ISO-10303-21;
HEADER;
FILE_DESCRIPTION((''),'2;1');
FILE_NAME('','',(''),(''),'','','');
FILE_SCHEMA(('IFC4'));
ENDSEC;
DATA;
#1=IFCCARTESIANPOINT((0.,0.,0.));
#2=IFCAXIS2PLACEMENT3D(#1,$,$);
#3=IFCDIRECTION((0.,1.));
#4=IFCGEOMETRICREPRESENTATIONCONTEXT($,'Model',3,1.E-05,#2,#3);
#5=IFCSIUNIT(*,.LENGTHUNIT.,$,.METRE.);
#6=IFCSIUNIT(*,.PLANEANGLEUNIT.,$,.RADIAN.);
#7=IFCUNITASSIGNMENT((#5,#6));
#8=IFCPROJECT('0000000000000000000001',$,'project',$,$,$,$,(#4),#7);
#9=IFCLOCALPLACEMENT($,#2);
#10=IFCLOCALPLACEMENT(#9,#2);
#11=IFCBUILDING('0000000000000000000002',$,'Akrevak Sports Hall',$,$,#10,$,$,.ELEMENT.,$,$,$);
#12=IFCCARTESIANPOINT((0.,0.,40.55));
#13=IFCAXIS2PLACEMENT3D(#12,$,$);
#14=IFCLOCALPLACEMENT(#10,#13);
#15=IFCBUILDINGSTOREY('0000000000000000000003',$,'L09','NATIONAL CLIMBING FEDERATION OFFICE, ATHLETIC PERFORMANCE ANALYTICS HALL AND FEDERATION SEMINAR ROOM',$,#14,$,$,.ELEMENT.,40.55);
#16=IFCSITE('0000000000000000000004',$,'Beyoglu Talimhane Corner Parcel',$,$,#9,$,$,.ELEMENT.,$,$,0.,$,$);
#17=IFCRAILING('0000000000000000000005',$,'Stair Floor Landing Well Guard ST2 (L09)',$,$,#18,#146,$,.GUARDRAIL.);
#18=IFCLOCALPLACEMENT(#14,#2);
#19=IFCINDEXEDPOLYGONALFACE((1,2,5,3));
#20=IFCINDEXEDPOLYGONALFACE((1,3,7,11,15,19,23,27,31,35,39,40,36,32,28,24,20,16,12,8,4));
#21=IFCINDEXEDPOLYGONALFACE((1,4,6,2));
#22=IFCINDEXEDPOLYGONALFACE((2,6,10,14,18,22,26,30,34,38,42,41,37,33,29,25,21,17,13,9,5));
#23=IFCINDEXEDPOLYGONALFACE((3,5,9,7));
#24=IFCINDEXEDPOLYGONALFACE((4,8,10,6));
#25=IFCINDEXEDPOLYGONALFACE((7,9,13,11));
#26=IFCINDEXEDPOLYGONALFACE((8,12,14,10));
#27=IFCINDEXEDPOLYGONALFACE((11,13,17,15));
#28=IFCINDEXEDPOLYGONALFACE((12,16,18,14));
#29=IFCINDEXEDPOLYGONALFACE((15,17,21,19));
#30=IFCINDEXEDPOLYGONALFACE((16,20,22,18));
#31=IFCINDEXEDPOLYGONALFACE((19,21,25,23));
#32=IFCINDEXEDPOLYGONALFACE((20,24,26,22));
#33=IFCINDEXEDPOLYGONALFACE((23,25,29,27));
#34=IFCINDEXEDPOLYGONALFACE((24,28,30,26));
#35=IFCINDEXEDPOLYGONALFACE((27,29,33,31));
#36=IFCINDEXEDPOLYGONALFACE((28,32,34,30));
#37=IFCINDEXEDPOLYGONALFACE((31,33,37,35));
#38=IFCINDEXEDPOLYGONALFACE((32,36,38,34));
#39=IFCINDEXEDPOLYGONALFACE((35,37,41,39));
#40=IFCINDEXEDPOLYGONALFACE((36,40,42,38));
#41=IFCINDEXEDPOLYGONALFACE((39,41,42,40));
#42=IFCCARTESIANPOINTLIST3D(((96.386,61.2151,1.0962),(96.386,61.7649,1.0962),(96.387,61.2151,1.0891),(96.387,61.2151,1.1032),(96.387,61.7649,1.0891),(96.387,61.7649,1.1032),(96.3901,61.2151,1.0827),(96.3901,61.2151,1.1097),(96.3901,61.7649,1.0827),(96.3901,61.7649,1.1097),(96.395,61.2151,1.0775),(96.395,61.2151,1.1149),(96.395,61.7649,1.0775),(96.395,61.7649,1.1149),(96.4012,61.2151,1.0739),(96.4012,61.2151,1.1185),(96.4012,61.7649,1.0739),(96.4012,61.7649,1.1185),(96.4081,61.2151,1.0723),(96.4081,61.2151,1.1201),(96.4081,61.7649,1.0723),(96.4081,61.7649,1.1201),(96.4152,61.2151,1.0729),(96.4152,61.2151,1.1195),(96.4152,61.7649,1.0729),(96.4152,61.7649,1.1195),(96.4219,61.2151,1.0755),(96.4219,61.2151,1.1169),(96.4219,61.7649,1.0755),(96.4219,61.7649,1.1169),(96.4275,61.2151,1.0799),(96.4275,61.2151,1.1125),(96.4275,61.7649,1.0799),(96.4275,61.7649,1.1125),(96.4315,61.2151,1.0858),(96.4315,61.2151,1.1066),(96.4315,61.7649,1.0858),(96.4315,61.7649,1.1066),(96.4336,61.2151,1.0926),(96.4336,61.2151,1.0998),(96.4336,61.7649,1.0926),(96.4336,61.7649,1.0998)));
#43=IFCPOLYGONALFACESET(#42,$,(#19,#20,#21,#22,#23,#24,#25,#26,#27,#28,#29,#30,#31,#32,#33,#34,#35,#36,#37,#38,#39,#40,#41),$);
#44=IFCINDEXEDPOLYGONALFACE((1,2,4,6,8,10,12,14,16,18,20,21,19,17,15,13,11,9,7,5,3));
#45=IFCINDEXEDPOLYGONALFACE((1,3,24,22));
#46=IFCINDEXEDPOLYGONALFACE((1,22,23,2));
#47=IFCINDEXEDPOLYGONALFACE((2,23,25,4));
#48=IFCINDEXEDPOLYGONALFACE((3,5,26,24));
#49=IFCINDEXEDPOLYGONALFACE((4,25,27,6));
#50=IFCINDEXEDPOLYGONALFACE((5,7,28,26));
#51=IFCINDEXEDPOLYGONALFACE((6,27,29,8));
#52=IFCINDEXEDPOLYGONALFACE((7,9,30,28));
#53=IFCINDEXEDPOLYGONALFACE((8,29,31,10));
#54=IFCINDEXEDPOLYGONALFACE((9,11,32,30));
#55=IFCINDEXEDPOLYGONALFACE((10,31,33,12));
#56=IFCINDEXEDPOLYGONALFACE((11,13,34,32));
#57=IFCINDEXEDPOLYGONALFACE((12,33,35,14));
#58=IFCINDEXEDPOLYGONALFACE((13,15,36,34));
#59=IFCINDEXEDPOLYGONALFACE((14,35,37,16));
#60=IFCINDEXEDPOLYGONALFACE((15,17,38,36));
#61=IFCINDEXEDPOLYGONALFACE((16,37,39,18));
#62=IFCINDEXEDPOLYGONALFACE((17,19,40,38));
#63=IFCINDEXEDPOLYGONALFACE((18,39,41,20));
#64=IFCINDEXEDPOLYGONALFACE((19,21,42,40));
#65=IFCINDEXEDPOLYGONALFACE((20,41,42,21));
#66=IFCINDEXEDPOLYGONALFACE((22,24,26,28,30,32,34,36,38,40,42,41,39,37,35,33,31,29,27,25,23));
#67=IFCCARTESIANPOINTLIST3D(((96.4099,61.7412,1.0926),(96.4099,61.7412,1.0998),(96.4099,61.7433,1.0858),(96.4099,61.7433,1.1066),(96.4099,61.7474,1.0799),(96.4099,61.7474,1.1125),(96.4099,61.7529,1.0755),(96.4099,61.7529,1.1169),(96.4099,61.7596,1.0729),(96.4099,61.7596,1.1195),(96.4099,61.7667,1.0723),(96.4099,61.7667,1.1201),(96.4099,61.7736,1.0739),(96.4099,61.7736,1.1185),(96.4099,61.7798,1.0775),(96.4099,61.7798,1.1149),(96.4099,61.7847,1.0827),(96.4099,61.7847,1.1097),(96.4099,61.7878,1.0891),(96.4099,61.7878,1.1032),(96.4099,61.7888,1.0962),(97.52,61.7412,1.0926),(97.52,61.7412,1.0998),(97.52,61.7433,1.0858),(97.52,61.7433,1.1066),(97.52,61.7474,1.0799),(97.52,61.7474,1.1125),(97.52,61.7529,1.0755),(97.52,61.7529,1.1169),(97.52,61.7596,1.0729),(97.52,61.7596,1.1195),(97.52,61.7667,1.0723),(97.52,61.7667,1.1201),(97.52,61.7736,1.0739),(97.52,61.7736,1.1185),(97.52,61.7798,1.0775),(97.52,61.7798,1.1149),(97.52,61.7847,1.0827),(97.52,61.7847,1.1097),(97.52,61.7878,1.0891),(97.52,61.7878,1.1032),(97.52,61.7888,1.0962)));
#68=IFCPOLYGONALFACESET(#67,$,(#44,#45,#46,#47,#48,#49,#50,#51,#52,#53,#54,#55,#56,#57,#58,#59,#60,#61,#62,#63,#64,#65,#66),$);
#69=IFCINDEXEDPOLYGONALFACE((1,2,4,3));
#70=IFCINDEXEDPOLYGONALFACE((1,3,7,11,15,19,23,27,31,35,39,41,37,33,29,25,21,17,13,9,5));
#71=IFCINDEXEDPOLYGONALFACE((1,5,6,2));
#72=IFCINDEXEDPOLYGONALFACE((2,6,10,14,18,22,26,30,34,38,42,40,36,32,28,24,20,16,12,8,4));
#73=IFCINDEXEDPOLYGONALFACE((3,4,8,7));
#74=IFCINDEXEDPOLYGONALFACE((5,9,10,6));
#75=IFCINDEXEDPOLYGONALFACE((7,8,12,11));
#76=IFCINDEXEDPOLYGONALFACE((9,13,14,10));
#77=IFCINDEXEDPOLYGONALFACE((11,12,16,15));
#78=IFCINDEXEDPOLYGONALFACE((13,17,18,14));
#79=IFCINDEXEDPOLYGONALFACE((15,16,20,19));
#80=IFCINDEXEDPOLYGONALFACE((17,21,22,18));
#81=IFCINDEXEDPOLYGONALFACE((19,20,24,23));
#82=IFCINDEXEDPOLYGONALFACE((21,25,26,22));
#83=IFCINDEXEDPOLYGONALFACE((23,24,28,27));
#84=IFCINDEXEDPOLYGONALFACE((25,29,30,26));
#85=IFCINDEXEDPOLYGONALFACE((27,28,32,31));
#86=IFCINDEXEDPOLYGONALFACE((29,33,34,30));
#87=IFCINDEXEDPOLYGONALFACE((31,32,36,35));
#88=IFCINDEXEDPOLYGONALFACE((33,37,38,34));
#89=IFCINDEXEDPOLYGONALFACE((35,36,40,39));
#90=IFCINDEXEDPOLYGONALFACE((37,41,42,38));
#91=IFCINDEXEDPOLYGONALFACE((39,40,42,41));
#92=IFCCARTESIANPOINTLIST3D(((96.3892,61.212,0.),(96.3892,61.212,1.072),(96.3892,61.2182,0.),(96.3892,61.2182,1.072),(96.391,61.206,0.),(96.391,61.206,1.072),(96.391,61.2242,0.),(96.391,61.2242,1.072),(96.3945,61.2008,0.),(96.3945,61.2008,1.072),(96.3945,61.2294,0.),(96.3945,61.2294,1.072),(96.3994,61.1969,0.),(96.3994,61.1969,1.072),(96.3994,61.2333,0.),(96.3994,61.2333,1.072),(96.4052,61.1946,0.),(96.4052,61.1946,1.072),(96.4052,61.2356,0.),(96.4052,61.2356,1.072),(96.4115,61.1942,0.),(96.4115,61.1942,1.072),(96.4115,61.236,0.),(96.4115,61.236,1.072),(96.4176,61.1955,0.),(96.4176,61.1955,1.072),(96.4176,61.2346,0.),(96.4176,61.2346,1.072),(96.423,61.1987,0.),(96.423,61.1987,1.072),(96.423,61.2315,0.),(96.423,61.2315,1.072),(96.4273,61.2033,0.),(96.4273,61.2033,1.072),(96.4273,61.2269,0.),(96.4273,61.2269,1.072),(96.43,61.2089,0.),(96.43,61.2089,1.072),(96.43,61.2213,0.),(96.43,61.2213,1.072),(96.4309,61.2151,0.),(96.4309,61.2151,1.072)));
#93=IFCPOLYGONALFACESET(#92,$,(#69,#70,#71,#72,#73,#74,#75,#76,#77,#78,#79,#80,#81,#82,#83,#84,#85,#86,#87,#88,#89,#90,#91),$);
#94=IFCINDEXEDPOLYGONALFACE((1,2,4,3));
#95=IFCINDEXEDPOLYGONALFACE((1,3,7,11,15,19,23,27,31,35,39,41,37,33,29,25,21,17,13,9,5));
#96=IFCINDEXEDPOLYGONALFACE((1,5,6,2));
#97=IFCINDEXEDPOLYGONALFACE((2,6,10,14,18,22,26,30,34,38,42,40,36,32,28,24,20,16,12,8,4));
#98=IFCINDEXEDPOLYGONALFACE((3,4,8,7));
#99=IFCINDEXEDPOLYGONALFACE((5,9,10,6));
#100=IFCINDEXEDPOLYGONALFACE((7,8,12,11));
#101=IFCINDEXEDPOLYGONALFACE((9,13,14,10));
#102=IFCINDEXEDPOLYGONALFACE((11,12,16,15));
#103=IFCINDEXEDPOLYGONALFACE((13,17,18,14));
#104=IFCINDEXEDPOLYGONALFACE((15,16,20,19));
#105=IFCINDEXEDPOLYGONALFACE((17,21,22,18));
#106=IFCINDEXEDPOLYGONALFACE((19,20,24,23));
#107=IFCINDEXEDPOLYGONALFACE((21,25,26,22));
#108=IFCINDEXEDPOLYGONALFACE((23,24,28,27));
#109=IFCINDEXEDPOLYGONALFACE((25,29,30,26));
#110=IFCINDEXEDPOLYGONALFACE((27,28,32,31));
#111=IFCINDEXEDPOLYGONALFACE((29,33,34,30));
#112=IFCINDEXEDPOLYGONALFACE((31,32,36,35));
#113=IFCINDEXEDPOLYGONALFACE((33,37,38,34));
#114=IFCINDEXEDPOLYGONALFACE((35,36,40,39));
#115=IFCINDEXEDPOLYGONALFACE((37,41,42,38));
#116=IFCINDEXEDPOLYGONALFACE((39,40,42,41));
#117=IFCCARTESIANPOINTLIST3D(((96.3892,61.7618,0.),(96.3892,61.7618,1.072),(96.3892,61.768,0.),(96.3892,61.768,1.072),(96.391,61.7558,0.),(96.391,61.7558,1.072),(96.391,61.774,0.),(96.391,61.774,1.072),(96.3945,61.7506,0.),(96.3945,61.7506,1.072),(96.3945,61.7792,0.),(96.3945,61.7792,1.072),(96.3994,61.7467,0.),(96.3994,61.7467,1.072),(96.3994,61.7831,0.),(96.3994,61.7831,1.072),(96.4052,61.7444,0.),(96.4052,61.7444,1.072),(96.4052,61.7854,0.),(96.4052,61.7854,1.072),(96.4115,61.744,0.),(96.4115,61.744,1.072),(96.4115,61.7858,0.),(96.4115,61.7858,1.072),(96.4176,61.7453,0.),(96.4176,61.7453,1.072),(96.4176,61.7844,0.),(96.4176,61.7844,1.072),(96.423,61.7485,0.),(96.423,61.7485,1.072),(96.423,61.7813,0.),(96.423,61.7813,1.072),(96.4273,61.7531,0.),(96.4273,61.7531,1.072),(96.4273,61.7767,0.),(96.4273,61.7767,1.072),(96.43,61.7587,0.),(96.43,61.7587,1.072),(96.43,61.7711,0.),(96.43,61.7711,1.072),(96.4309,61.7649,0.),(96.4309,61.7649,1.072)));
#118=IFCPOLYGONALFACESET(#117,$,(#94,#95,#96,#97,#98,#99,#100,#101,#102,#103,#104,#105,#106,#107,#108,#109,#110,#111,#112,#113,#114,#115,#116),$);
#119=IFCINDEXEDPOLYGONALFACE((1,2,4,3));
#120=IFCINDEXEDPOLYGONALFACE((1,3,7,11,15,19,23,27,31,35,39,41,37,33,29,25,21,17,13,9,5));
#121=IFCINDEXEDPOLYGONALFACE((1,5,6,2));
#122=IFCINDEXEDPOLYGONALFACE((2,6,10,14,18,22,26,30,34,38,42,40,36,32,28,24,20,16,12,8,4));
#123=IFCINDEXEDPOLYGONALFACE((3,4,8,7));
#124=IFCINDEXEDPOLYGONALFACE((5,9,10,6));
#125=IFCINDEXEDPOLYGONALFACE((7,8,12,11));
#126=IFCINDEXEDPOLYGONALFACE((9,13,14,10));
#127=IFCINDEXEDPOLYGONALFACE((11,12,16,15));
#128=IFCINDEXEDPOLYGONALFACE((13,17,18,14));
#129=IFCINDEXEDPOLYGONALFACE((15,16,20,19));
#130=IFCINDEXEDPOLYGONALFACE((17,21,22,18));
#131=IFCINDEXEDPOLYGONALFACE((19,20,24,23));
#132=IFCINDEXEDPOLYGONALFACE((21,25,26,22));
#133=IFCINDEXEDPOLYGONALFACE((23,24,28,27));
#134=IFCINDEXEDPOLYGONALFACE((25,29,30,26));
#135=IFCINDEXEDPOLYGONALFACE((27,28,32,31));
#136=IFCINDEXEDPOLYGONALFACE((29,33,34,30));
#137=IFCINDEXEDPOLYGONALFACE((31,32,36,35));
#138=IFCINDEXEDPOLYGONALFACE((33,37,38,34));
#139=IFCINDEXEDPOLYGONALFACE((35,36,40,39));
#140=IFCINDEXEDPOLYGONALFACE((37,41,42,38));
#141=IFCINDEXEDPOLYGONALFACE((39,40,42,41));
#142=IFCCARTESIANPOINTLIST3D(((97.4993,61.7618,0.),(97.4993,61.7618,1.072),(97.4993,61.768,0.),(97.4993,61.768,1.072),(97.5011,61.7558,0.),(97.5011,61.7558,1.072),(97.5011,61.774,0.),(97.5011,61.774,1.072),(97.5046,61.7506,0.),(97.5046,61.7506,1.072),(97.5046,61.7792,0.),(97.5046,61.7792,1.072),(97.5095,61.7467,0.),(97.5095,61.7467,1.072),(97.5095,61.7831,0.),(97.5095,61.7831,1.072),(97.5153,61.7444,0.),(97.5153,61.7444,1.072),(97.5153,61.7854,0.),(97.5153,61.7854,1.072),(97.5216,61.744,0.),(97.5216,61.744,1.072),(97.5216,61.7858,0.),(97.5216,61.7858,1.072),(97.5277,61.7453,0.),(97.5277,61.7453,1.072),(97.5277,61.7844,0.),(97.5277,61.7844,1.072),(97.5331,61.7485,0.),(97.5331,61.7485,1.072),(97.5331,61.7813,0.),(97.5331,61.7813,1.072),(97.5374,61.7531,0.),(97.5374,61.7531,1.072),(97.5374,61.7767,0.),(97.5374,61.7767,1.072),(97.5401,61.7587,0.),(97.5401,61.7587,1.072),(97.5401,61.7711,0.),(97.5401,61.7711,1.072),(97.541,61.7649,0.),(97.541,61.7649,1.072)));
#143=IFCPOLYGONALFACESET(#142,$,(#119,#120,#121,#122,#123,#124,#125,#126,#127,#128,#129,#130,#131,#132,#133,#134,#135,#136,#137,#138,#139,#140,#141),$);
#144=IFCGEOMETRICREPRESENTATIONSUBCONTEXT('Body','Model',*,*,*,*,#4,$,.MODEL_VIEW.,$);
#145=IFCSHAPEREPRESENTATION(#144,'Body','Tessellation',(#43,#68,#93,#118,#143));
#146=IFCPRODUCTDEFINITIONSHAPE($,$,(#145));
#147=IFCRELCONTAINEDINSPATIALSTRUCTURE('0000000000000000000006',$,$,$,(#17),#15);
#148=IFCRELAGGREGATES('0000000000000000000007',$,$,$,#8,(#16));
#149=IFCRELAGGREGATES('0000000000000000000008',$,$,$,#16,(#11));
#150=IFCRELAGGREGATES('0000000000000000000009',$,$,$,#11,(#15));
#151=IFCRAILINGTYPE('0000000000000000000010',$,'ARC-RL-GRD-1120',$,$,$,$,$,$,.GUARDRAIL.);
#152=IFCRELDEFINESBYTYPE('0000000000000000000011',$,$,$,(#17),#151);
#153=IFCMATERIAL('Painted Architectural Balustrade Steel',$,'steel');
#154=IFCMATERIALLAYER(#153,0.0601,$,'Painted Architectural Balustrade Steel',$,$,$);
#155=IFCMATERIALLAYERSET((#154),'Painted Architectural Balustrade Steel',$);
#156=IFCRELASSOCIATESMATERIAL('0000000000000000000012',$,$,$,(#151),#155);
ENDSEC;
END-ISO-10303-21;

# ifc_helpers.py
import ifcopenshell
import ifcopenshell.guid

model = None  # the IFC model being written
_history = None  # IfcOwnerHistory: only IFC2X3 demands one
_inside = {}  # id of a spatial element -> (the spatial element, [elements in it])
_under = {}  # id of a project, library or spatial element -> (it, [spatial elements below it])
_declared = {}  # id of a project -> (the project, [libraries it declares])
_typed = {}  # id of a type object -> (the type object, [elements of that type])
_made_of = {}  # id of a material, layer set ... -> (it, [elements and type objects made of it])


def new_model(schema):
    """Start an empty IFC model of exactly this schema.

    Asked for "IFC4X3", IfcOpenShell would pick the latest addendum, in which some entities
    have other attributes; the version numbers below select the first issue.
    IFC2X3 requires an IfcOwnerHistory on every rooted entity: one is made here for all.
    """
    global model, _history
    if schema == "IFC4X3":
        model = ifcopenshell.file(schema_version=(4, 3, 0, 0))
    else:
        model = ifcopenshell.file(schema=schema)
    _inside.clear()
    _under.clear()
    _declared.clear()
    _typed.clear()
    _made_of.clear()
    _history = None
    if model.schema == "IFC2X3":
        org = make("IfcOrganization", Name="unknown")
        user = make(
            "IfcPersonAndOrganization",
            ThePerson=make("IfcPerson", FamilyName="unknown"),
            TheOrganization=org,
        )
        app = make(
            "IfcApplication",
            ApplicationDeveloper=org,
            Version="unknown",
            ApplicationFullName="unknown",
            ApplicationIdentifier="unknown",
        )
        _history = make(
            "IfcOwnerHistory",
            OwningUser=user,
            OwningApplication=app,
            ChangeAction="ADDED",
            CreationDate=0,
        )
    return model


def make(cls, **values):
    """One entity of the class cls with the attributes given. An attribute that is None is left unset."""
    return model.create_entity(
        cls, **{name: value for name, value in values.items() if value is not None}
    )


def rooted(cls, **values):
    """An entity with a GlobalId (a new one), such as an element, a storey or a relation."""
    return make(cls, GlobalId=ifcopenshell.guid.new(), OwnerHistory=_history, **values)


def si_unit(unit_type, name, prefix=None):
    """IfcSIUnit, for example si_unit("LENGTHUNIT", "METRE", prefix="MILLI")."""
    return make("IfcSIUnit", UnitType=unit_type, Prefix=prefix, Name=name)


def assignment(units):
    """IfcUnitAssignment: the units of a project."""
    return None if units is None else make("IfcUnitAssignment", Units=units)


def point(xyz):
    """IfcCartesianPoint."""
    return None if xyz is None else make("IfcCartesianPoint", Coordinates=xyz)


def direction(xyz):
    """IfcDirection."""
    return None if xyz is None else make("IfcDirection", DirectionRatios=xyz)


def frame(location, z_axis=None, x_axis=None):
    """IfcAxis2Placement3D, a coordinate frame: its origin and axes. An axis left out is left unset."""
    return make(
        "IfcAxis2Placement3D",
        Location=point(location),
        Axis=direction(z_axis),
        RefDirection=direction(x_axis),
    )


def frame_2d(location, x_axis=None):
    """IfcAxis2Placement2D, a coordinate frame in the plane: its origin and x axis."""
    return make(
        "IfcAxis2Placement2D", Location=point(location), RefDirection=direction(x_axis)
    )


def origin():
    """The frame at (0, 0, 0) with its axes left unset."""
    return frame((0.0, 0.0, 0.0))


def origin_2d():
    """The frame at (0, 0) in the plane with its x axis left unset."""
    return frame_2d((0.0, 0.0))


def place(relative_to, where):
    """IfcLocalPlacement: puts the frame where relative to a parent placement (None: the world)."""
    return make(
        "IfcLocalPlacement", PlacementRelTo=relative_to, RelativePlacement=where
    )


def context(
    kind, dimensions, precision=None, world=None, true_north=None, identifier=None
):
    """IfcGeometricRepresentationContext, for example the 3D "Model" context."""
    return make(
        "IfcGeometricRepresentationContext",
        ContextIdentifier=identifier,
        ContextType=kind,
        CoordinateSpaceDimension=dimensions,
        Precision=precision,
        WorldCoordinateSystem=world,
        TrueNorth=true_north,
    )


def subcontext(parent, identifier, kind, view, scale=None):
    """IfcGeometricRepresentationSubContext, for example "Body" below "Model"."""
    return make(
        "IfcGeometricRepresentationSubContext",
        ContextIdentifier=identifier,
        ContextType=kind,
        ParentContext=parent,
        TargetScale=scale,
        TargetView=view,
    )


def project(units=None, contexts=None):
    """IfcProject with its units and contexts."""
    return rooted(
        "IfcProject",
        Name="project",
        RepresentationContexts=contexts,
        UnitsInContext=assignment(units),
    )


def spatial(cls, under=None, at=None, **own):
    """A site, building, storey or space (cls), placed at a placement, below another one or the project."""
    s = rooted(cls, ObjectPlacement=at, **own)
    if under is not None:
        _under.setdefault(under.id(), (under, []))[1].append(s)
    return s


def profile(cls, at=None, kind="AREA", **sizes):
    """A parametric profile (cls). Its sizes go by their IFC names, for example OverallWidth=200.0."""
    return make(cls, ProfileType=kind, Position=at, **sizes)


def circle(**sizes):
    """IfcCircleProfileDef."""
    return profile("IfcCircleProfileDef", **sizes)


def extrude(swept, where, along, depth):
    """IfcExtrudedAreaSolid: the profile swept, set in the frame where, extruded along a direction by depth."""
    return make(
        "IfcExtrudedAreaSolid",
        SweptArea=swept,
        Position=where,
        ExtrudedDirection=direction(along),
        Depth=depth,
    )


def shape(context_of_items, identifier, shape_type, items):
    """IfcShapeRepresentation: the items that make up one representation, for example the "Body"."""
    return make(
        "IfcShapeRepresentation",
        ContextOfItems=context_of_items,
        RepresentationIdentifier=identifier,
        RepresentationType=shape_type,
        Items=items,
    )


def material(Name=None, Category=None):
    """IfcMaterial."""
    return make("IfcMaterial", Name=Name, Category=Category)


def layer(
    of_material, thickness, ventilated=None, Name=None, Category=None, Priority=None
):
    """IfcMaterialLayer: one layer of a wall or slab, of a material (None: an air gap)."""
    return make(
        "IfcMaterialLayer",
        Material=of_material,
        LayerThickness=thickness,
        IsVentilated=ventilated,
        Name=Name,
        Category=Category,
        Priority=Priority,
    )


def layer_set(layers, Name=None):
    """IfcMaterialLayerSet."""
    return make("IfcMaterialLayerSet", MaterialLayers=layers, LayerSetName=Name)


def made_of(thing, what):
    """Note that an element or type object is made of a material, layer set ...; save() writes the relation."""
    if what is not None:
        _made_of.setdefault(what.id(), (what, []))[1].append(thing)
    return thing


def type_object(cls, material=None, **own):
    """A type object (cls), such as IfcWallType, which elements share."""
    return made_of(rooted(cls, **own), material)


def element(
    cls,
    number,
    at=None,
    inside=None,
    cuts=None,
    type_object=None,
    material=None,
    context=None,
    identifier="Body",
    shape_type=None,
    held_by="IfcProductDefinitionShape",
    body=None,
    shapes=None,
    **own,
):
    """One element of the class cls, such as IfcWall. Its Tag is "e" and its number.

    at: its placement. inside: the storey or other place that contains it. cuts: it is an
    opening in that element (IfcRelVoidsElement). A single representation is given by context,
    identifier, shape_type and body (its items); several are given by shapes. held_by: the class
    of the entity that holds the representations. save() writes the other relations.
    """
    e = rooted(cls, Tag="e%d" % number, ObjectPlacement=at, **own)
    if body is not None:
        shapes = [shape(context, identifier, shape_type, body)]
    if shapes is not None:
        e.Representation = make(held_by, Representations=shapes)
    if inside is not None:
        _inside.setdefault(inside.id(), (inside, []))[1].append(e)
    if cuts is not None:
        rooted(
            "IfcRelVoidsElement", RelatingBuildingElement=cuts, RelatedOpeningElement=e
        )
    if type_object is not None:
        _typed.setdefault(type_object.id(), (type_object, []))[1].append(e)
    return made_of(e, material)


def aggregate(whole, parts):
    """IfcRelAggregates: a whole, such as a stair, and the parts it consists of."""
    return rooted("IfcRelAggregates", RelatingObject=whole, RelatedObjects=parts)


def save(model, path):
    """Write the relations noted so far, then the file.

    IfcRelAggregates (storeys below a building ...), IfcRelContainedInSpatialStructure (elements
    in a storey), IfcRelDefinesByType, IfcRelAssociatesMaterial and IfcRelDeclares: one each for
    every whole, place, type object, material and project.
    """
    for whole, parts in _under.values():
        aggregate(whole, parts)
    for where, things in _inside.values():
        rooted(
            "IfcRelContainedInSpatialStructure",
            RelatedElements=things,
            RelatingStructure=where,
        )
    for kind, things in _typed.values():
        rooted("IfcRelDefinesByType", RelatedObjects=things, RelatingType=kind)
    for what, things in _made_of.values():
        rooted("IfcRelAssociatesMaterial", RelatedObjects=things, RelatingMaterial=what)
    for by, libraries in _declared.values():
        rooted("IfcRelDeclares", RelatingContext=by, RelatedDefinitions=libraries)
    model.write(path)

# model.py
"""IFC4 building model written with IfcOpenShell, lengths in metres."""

from ifc_helpers import new_model, si_unit, direction, frame, origin, origin_2d, place, context, subcontext, project, spatial, circle, extrude, material, layer, layer_set, type_object, element, save


model = new_model("IFC4")

# Units and contexts
model_context = context("Model", 3, precision=1e-05, world=origin(), true_north=direction((0.0, 1.0)))
body_context = subcontext(model_context, "Body", "Model", "MODEL_VIEW")
ifc_project = project(units=[si_unit("LENGTHUNIT", "METRE"), si_unit("PLANEANGLEUNIT", "RADIAN")], contexts=[model_context])

# Site, building, storey
site_placement = place(None, origin())
site = spatial("IfcSite", under=ifc_project, at=site_placement, Name="Beyoglu Talimhane Corner Parcel", CompositionType="ELEMENT", RefElevation=0.0)
building_placement = place(site_placement, origin())
building = spatial("IfcBuilding", under=site, at=building_placement, Name="Akrevak Sports Hall", CompositionType="ELEMENT")
storey_placement = place(building_placement, frame((0.0, 0.0, 40.55)))
storey = spatial("IfcBuildingStorey", under=building, at=storey_placement, Name="L09", Description="NATIONAL CLIMBING FEDERATION OFFICE, ATHLETIC PERFORMANCE ANALYTICS HALL AND FEDERATION SEMINAR ROOM", CompositionType="ELEMENT", Elevation=40.55)

# Railing
ifc_material_1 = material(Name="Painted Architectural Balustrade Steel", Category="steel")
ifc_layer_1 = layer(ifc_material_1, 0.0601, Name="Painted Architectural Balustrade Steel")
ifc_layer_set_1 = layer_set([ifc_layer_1], Name="Painted Architectural Balustrade Steel")
railing_type_1 = type_object("IfcRailingType", Name="ARC-RL-GRD-1120", PredefinedType="GUARDRAIL", material=ifc_layer_set_1)
railing_1_placement = place(storey_placement, frame((96.4099, 61.2151, 0.0)))
element("IfcRailing", 1, at=railing_1_placement, inside=storey, type_object=railing_type_1, Name="Stair Floor Landing Well Guard ST2 (L09)", PredefinedType="GUARDRAIL", context=body_context, shape_type="SweptSolid", body=[
    extrude(circle(Radius=0.0239, at=origin_2d()), frame((0.0, 0.0, 1.0962), z_axis=(0.0, 1.0, 0.0), x_axis=(-1.0, 0.0, 0.0)), (0.0, 0.0, 1.0), 0.5498),
    extrude(circle(Radius=0.0239, at=origin_2d()), frame((0.0, 0.5498, 1.0962), z_axis=(1.0, 0.0, 0.0), x_axis=(0.0, 1.0, 0.0)), (0.0, 0.0, 1.0), 1.1101),
    extrude(circle(Radius=0.021, at=origin_2d()), origin(), (0.0, 0.0, 1.0), 1.072),
    extrude(circle(Radius=0.021, at=origin_2d()), frame((0.0, 0.5498, 0.0)), (0.0, 0.0, 1.0), 1.072),
    extrude(circle(Radius=0.021, at=origin_2d()), frame((1.1101, 0.5498, 0.0)), (0.0, 0.0, 1.0), 1.072),
])

save(model, "model.ifc")
